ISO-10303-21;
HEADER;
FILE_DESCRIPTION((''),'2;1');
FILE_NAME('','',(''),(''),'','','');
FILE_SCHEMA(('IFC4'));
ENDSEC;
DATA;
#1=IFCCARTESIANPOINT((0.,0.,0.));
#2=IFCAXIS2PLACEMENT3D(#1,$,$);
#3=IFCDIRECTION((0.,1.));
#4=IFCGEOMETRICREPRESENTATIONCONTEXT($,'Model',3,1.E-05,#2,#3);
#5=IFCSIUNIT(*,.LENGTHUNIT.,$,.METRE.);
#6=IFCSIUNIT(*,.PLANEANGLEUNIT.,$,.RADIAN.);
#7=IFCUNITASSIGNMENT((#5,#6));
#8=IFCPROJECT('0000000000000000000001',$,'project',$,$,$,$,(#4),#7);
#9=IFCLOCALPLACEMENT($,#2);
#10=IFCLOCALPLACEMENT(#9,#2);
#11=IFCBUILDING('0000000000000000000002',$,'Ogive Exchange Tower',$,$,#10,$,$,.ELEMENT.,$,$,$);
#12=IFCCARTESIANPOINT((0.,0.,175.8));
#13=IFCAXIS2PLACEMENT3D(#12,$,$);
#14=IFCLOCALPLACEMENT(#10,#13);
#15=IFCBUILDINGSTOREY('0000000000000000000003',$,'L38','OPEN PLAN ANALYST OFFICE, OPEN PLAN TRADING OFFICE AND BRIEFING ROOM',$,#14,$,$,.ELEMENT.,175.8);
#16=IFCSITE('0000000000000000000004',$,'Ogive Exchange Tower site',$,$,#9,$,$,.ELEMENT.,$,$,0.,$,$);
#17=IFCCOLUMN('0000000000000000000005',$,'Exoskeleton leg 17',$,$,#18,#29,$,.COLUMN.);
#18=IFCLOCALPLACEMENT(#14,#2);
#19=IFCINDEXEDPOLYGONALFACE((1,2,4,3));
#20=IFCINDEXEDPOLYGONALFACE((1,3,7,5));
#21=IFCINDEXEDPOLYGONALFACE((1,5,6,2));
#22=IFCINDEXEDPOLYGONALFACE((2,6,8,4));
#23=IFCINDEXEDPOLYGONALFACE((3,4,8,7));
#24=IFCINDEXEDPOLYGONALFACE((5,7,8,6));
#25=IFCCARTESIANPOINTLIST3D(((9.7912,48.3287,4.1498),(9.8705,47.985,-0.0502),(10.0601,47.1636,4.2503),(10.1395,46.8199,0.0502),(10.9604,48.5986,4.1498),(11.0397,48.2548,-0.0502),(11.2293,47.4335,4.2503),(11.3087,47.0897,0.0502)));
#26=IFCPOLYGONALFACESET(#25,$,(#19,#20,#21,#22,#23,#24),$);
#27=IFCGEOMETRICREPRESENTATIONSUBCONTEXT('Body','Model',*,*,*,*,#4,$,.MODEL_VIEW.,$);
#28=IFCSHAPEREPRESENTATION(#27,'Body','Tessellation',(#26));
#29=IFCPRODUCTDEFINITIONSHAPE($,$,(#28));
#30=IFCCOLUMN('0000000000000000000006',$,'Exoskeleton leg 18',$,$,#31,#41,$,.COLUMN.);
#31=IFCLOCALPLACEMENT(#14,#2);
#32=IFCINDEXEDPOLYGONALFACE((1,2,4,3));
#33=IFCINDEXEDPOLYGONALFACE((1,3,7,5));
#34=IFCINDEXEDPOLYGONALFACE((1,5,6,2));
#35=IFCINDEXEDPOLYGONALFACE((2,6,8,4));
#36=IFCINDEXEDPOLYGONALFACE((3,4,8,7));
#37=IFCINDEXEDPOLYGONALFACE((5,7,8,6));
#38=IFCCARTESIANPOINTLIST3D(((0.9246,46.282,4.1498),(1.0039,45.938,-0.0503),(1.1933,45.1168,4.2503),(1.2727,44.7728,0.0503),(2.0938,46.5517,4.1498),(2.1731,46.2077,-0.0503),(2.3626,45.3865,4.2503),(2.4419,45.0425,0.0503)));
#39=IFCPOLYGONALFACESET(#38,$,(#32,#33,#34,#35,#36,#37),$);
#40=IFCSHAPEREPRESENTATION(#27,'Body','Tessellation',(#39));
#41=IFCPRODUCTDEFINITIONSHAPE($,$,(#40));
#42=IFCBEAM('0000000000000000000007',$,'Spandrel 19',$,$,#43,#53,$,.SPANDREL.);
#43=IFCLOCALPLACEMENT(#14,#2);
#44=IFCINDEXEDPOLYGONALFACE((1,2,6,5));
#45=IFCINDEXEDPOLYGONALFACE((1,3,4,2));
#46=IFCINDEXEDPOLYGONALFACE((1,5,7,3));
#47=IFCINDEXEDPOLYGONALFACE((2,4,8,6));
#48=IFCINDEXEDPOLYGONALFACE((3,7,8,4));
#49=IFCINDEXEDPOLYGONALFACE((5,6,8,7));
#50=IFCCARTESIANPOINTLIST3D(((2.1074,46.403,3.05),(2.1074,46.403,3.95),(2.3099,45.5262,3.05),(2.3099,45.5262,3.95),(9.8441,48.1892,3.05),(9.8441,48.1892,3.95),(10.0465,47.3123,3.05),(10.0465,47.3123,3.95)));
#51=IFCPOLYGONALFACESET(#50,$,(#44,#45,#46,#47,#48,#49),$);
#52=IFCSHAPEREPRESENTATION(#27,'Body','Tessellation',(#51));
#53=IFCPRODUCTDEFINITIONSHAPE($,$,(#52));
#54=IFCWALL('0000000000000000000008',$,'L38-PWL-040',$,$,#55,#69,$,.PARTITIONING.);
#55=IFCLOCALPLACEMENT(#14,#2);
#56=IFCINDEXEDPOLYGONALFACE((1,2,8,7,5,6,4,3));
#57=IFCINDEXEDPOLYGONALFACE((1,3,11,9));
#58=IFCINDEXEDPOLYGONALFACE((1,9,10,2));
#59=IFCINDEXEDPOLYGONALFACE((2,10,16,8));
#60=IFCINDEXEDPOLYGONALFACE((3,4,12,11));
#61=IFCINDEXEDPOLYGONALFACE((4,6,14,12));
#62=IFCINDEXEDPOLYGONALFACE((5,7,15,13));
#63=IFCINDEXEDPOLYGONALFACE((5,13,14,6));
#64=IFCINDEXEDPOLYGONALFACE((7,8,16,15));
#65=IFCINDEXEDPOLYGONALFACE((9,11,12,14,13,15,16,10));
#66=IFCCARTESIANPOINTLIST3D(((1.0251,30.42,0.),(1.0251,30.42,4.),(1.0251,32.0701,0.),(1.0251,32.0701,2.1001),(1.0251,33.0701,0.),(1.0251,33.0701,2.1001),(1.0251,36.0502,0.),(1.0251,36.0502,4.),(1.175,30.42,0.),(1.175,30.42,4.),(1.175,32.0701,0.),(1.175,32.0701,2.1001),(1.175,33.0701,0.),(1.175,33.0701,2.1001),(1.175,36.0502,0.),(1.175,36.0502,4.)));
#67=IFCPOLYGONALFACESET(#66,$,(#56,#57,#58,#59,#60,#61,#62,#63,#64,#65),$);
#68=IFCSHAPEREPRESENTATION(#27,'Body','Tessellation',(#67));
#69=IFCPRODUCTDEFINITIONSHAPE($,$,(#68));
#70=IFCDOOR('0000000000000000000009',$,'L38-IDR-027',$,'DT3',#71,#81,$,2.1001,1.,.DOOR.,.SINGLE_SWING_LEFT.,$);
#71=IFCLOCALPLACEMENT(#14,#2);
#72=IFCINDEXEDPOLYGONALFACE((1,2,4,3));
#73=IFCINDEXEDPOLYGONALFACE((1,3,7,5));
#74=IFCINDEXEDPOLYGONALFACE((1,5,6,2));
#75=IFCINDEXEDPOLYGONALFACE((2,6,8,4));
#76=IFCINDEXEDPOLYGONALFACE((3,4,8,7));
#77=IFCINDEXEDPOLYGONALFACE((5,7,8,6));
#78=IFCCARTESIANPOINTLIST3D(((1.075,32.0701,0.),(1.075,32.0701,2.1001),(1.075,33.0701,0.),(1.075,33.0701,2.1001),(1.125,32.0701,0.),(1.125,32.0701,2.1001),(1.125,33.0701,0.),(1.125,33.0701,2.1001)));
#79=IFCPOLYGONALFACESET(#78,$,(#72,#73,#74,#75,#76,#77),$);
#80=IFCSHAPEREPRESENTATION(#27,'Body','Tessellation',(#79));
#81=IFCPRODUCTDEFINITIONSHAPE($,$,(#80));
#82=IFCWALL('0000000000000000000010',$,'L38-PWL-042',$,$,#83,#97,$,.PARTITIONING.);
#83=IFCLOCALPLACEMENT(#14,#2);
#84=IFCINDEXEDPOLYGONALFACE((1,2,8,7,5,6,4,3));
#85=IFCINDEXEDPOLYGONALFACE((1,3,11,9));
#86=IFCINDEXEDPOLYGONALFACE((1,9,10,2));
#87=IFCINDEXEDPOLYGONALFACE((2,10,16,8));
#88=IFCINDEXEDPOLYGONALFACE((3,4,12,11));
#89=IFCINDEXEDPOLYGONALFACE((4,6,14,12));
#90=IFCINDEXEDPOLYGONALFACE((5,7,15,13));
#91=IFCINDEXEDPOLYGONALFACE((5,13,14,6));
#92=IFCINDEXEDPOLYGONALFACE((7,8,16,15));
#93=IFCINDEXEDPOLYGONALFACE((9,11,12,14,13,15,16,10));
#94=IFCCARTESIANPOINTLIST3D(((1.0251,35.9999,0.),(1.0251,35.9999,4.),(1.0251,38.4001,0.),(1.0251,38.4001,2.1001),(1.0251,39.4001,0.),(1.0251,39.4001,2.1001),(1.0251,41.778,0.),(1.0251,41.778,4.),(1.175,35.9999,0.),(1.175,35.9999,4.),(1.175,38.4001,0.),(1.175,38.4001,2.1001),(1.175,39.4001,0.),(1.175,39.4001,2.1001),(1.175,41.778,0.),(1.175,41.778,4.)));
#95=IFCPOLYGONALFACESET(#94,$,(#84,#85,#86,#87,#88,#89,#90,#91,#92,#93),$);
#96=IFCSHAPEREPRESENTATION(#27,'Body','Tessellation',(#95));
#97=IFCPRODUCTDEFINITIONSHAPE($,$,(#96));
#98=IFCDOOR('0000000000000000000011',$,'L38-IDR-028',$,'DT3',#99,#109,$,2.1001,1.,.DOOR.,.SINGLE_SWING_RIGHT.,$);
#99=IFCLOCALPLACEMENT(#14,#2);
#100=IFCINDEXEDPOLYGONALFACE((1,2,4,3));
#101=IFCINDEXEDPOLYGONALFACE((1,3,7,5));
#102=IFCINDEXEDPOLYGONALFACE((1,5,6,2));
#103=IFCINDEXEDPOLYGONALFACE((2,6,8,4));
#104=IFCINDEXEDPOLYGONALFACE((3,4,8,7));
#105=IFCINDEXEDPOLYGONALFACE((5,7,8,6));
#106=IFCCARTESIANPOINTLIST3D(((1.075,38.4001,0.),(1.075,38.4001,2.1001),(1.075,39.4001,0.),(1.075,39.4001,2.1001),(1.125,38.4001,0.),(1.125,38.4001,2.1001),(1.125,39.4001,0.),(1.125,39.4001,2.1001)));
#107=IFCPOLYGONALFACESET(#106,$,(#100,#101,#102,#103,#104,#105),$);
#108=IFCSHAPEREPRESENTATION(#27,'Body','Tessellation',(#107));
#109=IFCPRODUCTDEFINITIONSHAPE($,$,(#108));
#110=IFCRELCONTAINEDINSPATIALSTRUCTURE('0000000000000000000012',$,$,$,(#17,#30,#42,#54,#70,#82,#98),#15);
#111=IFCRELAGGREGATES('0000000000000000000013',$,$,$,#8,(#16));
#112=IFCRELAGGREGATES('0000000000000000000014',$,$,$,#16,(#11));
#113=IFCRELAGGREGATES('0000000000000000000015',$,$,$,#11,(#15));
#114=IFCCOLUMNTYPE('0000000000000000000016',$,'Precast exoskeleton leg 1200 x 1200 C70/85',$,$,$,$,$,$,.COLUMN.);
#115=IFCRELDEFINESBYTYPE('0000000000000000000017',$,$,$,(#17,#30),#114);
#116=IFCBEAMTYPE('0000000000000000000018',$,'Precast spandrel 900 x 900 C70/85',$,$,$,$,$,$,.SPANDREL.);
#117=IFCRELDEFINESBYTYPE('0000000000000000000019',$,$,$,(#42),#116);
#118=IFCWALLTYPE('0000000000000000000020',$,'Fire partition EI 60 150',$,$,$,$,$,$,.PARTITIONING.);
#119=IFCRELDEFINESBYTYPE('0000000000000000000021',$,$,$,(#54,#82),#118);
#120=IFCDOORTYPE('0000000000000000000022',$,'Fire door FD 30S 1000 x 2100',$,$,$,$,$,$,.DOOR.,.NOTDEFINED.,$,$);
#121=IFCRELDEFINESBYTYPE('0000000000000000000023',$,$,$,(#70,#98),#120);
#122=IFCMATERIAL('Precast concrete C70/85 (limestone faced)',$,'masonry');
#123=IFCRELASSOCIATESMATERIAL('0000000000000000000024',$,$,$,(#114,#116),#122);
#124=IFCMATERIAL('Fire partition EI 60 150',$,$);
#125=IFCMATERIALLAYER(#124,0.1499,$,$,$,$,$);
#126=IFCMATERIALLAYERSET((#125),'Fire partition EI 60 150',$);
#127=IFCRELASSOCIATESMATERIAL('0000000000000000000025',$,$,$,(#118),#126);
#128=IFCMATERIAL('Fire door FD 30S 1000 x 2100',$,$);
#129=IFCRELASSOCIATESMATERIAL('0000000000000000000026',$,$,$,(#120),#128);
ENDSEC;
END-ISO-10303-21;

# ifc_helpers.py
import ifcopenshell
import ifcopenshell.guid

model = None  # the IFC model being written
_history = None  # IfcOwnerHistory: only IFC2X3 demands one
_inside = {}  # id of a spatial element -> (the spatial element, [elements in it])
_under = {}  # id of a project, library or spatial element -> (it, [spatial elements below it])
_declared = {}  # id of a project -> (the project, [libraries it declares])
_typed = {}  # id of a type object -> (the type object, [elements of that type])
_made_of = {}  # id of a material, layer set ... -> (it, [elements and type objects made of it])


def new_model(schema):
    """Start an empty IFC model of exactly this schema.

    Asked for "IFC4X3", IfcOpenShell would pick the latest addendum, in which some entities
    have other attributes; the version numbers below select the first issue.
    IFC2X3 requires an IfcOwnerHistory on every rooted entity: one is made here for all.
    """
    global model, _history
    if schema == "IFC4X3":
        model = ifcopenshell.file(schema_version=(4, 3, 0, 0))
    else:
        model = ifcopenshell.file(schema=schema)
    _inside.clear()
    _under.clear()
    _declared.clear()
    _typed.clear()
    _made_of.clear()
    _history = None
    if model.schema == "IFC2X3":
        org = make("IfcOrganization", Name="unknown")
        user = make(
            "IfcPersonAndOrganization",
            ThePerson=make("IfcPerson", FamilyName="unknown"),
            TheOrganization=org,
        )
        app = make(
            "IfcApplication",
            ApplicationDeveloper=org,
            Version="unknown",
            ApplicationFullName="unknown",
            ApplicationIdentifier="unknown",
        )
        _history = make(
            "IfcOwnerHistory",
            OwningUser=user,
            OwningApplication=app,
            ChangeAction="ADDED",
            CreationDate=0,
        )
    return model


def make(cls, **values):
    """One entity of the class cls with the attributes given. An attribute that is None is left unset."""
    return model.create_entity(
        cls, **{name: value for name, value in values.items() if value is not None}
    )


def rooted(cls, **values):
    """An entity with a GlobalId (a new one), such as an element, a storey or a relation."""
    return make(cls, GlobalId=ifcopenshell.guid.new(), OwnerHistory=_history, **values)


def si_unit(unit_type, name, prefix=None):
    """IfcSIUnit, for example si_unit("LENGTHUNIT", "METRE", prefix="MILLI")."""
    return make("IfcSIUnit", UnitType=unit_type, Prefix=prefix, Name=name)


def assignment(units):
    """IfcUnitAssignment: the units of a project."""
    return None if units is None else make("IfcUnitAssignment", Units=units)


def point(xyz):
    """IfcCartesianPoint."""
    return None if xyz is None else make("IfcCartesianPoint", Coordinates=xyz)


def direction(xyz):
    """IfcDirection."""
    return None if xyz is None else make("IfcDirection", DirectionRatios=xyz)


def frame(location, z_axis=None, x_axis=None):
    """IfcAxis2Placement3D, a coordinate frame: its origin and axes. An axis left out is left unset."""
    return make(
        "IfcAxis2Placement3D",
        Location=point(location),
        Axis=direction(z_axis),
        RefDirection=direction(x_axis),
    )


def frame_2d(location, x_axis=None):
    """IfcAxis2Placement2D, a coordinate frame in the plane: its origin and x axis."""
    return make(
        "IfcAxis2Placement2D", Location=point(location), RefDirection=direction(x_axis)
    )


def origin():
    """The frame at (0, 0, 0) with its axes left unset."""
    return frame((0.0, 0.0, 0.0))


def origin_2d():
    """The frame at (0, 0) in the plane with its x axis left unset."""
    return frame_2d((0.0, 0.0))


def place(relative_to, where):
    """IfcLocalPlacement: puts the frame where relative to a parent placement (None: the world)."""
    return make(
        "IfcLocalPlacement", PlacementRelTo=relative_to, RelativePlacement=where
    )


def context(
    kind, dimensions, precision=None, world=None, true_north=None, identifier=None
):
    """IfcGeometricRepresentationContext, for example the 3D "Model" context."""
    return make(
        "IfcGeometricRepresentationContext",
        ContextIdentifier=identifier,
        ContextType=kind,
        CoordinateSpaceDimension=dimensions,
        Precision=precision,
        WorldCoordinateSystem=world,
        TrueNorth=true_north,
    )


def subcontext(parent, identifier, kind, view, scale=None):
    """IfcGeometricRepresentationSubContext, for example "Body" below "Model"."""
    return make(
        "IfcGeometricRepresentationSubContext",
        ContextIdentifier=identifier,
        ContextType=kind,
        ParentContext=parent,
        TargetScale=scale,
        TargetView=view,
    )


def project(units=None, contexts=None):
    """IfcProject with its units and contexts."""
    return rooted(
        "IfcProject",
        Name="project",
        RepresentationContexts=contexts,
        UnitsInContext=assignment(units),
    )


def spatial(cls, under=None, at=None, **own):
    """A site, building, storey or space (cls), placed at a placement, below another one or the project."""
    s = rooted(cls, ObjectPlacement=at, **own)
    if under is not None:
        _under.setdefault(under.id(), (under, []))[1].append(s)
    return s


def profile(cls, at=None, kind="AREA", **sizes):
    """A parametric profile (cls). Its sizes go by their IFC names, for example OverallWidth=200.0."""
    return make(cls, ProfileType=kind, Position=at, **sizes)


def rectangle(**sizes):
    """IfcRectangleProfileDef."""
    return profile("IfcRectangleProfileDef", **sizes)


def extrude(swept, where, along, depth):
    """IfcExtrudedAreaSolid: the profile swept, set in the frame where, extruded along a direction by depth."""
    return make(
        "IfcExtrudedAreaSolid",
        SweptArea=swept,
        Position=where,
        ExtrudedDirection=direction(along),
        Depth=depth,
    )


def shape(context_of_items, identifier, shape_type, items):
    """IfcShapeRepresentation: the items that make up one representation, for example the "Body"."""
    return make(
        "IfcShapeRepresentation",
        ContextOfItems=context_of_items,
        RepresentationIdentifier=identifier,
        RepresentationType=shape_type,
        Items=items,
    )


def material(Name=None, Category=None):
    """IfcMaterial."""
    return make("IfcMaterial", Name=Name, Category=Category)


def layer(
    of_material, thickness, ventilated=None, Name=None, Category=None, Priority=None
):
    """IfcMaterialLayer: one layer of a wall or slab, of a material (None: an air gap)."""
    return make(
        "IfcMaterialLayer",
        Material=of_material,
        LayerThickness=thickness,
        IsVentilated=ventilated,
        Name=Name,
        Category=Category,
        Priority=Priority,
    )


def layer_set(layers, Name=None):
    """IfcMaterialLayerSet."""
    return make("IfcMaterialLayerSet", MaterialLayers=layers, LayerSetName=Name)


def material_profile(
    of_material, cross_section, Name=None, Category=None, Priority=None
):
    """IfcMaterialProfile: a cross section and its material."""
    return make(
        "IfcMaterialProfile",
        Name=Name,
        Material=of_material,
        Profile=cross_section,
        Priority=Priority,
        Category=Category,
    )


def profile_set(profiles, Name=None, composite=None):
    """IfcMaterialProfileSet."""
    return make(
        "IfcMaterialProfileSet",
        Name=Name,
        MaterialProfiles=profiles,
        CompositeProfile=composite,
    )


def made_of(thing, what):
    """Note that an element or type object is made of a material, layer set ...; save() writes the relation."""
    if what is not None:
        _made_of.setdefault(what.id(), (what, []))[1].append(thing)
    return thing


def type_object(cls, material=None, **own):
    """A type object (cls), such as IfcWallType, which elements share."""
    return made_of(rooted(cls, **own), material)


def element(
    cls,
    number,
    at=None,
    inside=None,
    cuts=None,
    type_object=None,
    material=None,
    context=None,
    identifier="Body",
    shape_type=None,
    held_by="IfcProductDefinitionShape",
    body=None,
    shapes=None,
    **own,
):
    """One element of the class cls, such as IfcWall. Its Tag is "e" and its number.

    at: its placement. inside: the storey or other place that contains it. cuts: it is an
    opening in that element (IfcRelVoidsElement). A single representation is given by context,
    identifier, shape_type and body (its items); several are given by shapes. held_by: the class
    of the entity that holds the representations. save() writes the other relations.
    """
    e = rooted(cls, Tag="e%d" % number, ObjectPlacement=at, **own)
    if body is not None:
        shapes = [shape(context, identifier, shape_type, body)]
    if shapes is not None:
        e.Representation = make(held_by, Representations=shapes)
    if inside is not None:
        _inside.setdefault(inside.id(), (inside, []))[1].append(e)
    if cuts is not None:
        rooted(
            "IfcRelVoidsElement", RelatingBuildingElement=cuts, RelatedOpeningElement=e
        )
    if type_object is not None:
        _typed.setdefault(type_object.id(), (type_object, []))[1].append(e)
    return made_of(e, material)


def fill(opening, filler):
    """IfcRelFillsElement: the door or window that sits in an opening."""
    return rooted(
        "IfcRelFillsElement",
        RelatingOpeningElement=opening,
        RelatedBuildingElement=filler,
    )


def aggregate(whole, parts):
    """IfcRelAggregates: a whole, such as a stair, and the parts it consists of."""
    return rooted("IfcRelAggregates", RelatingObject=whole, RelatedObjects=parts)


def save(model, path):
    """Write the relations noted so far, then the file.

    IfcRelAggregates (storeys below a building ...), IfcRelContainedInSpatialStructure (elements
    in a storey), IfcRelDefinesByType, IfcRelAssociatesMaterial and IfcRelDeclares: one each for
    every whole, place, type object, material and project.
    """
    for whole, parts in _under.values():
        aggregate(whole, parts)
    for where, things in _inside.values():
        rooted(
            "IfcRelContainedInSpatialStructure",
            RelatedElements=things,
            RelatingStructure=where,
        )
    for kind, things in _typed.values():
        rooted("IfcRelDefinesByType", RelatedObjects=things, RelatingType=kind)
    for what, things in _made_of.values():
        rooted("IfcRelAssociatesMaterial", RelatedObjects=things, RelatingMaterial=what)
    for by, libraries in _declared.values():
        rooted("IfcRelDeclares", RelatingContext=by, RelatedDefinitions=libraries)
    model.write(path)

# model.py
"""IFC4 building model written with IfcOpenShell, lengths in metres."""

from ifc_helpers import new_model, si_unit, direction, frame, frame_2d, origin, origin_2d, place, context, subcontext, project, spatial, rectangle, extrude, material, layer, layer_set, material_profile, profile_set, type_object, element, fill, save


model = new_model("IFC4")

# Units and contexts
model_context = context("Model", 3, precision=1e-05, world=origin(), true_north=direction((0.0, 1.0)))
body_context = subcontext(model_context, "Body", "Model", "MODEL_VIEW")
ifc_project = project(units=[si_unit("LENGTHUNIT", "METRE"), si_unit("PLANEANGLEUNIT", "RADIAN")], contexts=[model_context])

# Site, building, storey
site_placement = place(None, origin())
site = spatial("IfcSite", under=ifc_project, at=site_placement, Name="Ogive Exchange Tower site", CompositionType="ELEMENT", RefElevation=0.0)
building_placement = place(site_placement, origin())
building = spatial("IfcBuilding", under=site, at=building_placement, Name="Ogive Exchange Tower", CompositionType="ELEMENT")
storey_placement = place(building_placement, frame((0.0, 0.0, 175.8)))
storey = spatial("IfcBuildingStorey", under=building, at=storey_placement, Name="L38", Description="OPEN PLAN ANALYST OFFICE, OPEN PLAN TRADING OFFICE AND BRIEFING ROOM", CompositionType="ELEMENT", Elevation=175.8)

# Columns
ifc_material_1 = material(Name="Precast concrete C70/85 (limestone faced)", Category="masonry")
ifc_material_profile_1 = material_profile(ifc_material_1, rectangle(XDim=1.2, YDim=1.2, at=origin_2d()), Name="1200 x 1200")
ifc_profile_set_1 = profile_set([ifc_material_profile_1], Name="Precast concrete C70/85 (limestone faced)")
column_type = type_object("IfcColumnType", Name="Precast exoskeleton leg 1200 x 1200 C70/85", PredefinedType="COLUMN", material=ifc_profile_set_1)
for number, where, z_axis, x_axis, name in (
    (1, (10.5896, 47.5374, 0.0), (-0.018826, 0.081559, 0.996491), (-0.97438, -0.22491, 0.0), "Exoskeleton leg 17"),
    (2, (1.7229, 45.4902, 0.0), (-0.018826, 0.081617, 0.996486), (-0.974415, -0.224758, 0.0), "Exoskeleton leg 18"),
):
    element("IfcColumn", number, at=place(storey_placement, frame(where, z_axis=z_axis, x_axis=x_axis)), inside=storey, type_object=column_type, Name=name, PredefinedType="COLUMN", context=body_context, shape_type="SweptSolid", body=[
        extrude(rectangle(XDim=1.2, YDim=1.2, at=origin_2d()), origin(), (0.0, 0.0, 1.0), 4.2148),
    ])

# Beam
ifc_material_profile_2 = material_profile(ifc_material_1, rectangle(XDim=0.8999, YDim=0.8999, at=origin_2d()), Name="900 x 900")
ifc_profile_set_2 = profile_set([ifc_material_profile_2], Name="Precast concrete C70/85 (limestone faced)")
beam_type = type_object("IfcBeamType", Name="Precast spandrel 900 x 900 C70/85", PredefinedType="SPANDREL", material=ifc_profile_set_2)
beam_placement = place(storey_placement, frame((9.9453, 47.7507, 3.5), z_axis=(-0.97437, -0.224952, 0.0), x_axis=(0.224952, -0.97437, 0.0)))
element("IfcBeam", 3, at=beam_placement, inside=storey, type_object=beam_type, Name="Spandrel 19", PredefinedType="SPANDREL", context=body_context, shape_type="SweptSolid", body=[
    extrude(rectangle(XDim=0.8999, YDim=0.8999, at=origin_2d()), origin(), (0.0, 0.0, 1.0), 7.9402),
])

# Walls, openings, doors
ifc_material_2 = material(Name="Fire partition EI 60 150")
ifc_layer_1 = layer(ifc_material_2, 0.1499)
ifc_layer_set_1 = layer_set([ifc_layer_1], Name="Fire partition EI 60 150")
wall_type_1 = type_object("IfcWallType", Name="Fire partition EI 60 150", PredefinedType="PARTITIONING", material=ifc_layer_set_1)
wall_1_placement = place(storey_placement, frame((1.1001, 36.05, 0.0), z_axis=(0.0, 0.0, 1.0), x_axis=(0.0, -1.0, 0.0)))
wall_1 = element("IfcWall", 4, at=wall_1_placement, inside=storey, type_object=wall_type_1, Name="L38-PWL-040", PredefinedType="PARTITIONING", context=body_context, shape_type="SweptSolid", body=[
    extrude(rectangle(XDim=5.6301, YDim=0.1499, at=frame_2d((2.8149, 0.0))), origin(), (0.0, 0.0, 1.0), 4.0),
])
opening_1_placement = place(wall_1_placement, frame((2.98, 0.0, 0.0)))
opening_1 = element("IfcOpeningElement", 5, at=opening_1_placement, cuts=wall_1, PredefinedType="OPENING", context=body_context, shape_type="SweptSolid", body=[
    extrude(rectangle(XDim=1.0, YDim=2.1001, at=frame_2d((0.5, 1.05))), frame((0.0, 0.085, 0.0), z_axis=(0.0, -1.0, 0.0), x_axis=(1.0, 0.0, 0.0)), (0.0, 0.0, 1.0), 0.1699),
])
ifc_material_3 = material(Name="Fire door FD 30S 1000 x 2100")
door_type_1 = type_object("IfcDoorType", Name="Fire door FD 30S 1000 x 2100", OperationType="NOTDEFINED", PredefinedType="DOOR", material=ifc_material_3)
door_1_placement = place(opening_1_placement, origin())
door_1 = element("IfcDoor", 6, at=door_1_placement, inside=storey, type_object=door_type_1, Name="L38-IDR-027", ObjectType="DT3", OperationType="SINGLE_SWING_LEFT", OverallHeight=2.1001, OverallWidth=1.0, PredefinedType="DOOR", context=body_context, shape_type="SweptSolid", body=[
    extrude(rectangle(XDim=1.0, YDim=2.1001, at=frame_2d((0.5, 1.05))), frame((0.0, 0.0249, 0.0), z_axis=(0.0, -1.0, 0.0), x_axis=(1.0, 0.0, 0.0)), (0.0, 0.0, 1.0), 0.05),
])
fill(opening_1, door_1)
wall_2_placement = place(storey_placement, frame((1.1001, 41.7781, 0.0), z_axis=(0.0, 0.0, 1.0), x_axis=(0.0, -1.0, 0.0)))
wall_2 = element("IfcWall", 7, at=wall_2_placement, inside=storey, type_object=wall_type_1, Name="L38-PWL-042", PredefinedType="PARTITIONING", context=body_context, shape_type="SweptSolid", body=[
    extrude(rectangle(XDim=5.7781, YDim=0.1499, at=frame_2d((2.8892, 0.0))), origin(), (0.0, 0.0, 1.0), 4.0),
])
opening_2_placement = place(wall_2_placement, frame((2.3779, 0.0, 0.0)))
opening_2 = element("IfcOpeningElement", 8, at=opening_2_placement, cuts=wall_2, PredefinedType="OPENING", context=body_context, shape_type="SweptSolid", body=[
    extrude(rectangle(XDim=1.0, YDim=2.1001, at=frame_2d((0.5, 1.05))), frame((0.0, 0.085, 0.0), z_axis=(0.0, -1.0, 0.0), x_axis=(1.0, 0.0, 0.0)), (0.0, 0.0, 1.0), 0.1699),
])
door_2_placement = place(opening_2_placement, origin())
door_2 = element("IfcDoor", 9, at=door_2_placement, inside=storey, type_object=door_type_1, Name="L38-IDR-028", ObjectType="DT3", OperationType="SINGLE_SWING_RIGHT", OverallHeight=2.1001, OverallWidth=1.0, PredefinedType="DOOR", context=body_context, shape_type="SweptSolid", body=[
    extrude(rectangle(XDim=1.0, YDim=2.1001, at=frame_2d((0.5, 1.05))), frame((0.0, 0.0249, 0.0), z_axis=(0.0, -1.0, 0.0), x_axis=(1.0, 0.0, 0.0)), (0.0, 0.0, 1.0), 0.05),
])
fill(opening_2, door_2)

save(model, "model.ifc")
